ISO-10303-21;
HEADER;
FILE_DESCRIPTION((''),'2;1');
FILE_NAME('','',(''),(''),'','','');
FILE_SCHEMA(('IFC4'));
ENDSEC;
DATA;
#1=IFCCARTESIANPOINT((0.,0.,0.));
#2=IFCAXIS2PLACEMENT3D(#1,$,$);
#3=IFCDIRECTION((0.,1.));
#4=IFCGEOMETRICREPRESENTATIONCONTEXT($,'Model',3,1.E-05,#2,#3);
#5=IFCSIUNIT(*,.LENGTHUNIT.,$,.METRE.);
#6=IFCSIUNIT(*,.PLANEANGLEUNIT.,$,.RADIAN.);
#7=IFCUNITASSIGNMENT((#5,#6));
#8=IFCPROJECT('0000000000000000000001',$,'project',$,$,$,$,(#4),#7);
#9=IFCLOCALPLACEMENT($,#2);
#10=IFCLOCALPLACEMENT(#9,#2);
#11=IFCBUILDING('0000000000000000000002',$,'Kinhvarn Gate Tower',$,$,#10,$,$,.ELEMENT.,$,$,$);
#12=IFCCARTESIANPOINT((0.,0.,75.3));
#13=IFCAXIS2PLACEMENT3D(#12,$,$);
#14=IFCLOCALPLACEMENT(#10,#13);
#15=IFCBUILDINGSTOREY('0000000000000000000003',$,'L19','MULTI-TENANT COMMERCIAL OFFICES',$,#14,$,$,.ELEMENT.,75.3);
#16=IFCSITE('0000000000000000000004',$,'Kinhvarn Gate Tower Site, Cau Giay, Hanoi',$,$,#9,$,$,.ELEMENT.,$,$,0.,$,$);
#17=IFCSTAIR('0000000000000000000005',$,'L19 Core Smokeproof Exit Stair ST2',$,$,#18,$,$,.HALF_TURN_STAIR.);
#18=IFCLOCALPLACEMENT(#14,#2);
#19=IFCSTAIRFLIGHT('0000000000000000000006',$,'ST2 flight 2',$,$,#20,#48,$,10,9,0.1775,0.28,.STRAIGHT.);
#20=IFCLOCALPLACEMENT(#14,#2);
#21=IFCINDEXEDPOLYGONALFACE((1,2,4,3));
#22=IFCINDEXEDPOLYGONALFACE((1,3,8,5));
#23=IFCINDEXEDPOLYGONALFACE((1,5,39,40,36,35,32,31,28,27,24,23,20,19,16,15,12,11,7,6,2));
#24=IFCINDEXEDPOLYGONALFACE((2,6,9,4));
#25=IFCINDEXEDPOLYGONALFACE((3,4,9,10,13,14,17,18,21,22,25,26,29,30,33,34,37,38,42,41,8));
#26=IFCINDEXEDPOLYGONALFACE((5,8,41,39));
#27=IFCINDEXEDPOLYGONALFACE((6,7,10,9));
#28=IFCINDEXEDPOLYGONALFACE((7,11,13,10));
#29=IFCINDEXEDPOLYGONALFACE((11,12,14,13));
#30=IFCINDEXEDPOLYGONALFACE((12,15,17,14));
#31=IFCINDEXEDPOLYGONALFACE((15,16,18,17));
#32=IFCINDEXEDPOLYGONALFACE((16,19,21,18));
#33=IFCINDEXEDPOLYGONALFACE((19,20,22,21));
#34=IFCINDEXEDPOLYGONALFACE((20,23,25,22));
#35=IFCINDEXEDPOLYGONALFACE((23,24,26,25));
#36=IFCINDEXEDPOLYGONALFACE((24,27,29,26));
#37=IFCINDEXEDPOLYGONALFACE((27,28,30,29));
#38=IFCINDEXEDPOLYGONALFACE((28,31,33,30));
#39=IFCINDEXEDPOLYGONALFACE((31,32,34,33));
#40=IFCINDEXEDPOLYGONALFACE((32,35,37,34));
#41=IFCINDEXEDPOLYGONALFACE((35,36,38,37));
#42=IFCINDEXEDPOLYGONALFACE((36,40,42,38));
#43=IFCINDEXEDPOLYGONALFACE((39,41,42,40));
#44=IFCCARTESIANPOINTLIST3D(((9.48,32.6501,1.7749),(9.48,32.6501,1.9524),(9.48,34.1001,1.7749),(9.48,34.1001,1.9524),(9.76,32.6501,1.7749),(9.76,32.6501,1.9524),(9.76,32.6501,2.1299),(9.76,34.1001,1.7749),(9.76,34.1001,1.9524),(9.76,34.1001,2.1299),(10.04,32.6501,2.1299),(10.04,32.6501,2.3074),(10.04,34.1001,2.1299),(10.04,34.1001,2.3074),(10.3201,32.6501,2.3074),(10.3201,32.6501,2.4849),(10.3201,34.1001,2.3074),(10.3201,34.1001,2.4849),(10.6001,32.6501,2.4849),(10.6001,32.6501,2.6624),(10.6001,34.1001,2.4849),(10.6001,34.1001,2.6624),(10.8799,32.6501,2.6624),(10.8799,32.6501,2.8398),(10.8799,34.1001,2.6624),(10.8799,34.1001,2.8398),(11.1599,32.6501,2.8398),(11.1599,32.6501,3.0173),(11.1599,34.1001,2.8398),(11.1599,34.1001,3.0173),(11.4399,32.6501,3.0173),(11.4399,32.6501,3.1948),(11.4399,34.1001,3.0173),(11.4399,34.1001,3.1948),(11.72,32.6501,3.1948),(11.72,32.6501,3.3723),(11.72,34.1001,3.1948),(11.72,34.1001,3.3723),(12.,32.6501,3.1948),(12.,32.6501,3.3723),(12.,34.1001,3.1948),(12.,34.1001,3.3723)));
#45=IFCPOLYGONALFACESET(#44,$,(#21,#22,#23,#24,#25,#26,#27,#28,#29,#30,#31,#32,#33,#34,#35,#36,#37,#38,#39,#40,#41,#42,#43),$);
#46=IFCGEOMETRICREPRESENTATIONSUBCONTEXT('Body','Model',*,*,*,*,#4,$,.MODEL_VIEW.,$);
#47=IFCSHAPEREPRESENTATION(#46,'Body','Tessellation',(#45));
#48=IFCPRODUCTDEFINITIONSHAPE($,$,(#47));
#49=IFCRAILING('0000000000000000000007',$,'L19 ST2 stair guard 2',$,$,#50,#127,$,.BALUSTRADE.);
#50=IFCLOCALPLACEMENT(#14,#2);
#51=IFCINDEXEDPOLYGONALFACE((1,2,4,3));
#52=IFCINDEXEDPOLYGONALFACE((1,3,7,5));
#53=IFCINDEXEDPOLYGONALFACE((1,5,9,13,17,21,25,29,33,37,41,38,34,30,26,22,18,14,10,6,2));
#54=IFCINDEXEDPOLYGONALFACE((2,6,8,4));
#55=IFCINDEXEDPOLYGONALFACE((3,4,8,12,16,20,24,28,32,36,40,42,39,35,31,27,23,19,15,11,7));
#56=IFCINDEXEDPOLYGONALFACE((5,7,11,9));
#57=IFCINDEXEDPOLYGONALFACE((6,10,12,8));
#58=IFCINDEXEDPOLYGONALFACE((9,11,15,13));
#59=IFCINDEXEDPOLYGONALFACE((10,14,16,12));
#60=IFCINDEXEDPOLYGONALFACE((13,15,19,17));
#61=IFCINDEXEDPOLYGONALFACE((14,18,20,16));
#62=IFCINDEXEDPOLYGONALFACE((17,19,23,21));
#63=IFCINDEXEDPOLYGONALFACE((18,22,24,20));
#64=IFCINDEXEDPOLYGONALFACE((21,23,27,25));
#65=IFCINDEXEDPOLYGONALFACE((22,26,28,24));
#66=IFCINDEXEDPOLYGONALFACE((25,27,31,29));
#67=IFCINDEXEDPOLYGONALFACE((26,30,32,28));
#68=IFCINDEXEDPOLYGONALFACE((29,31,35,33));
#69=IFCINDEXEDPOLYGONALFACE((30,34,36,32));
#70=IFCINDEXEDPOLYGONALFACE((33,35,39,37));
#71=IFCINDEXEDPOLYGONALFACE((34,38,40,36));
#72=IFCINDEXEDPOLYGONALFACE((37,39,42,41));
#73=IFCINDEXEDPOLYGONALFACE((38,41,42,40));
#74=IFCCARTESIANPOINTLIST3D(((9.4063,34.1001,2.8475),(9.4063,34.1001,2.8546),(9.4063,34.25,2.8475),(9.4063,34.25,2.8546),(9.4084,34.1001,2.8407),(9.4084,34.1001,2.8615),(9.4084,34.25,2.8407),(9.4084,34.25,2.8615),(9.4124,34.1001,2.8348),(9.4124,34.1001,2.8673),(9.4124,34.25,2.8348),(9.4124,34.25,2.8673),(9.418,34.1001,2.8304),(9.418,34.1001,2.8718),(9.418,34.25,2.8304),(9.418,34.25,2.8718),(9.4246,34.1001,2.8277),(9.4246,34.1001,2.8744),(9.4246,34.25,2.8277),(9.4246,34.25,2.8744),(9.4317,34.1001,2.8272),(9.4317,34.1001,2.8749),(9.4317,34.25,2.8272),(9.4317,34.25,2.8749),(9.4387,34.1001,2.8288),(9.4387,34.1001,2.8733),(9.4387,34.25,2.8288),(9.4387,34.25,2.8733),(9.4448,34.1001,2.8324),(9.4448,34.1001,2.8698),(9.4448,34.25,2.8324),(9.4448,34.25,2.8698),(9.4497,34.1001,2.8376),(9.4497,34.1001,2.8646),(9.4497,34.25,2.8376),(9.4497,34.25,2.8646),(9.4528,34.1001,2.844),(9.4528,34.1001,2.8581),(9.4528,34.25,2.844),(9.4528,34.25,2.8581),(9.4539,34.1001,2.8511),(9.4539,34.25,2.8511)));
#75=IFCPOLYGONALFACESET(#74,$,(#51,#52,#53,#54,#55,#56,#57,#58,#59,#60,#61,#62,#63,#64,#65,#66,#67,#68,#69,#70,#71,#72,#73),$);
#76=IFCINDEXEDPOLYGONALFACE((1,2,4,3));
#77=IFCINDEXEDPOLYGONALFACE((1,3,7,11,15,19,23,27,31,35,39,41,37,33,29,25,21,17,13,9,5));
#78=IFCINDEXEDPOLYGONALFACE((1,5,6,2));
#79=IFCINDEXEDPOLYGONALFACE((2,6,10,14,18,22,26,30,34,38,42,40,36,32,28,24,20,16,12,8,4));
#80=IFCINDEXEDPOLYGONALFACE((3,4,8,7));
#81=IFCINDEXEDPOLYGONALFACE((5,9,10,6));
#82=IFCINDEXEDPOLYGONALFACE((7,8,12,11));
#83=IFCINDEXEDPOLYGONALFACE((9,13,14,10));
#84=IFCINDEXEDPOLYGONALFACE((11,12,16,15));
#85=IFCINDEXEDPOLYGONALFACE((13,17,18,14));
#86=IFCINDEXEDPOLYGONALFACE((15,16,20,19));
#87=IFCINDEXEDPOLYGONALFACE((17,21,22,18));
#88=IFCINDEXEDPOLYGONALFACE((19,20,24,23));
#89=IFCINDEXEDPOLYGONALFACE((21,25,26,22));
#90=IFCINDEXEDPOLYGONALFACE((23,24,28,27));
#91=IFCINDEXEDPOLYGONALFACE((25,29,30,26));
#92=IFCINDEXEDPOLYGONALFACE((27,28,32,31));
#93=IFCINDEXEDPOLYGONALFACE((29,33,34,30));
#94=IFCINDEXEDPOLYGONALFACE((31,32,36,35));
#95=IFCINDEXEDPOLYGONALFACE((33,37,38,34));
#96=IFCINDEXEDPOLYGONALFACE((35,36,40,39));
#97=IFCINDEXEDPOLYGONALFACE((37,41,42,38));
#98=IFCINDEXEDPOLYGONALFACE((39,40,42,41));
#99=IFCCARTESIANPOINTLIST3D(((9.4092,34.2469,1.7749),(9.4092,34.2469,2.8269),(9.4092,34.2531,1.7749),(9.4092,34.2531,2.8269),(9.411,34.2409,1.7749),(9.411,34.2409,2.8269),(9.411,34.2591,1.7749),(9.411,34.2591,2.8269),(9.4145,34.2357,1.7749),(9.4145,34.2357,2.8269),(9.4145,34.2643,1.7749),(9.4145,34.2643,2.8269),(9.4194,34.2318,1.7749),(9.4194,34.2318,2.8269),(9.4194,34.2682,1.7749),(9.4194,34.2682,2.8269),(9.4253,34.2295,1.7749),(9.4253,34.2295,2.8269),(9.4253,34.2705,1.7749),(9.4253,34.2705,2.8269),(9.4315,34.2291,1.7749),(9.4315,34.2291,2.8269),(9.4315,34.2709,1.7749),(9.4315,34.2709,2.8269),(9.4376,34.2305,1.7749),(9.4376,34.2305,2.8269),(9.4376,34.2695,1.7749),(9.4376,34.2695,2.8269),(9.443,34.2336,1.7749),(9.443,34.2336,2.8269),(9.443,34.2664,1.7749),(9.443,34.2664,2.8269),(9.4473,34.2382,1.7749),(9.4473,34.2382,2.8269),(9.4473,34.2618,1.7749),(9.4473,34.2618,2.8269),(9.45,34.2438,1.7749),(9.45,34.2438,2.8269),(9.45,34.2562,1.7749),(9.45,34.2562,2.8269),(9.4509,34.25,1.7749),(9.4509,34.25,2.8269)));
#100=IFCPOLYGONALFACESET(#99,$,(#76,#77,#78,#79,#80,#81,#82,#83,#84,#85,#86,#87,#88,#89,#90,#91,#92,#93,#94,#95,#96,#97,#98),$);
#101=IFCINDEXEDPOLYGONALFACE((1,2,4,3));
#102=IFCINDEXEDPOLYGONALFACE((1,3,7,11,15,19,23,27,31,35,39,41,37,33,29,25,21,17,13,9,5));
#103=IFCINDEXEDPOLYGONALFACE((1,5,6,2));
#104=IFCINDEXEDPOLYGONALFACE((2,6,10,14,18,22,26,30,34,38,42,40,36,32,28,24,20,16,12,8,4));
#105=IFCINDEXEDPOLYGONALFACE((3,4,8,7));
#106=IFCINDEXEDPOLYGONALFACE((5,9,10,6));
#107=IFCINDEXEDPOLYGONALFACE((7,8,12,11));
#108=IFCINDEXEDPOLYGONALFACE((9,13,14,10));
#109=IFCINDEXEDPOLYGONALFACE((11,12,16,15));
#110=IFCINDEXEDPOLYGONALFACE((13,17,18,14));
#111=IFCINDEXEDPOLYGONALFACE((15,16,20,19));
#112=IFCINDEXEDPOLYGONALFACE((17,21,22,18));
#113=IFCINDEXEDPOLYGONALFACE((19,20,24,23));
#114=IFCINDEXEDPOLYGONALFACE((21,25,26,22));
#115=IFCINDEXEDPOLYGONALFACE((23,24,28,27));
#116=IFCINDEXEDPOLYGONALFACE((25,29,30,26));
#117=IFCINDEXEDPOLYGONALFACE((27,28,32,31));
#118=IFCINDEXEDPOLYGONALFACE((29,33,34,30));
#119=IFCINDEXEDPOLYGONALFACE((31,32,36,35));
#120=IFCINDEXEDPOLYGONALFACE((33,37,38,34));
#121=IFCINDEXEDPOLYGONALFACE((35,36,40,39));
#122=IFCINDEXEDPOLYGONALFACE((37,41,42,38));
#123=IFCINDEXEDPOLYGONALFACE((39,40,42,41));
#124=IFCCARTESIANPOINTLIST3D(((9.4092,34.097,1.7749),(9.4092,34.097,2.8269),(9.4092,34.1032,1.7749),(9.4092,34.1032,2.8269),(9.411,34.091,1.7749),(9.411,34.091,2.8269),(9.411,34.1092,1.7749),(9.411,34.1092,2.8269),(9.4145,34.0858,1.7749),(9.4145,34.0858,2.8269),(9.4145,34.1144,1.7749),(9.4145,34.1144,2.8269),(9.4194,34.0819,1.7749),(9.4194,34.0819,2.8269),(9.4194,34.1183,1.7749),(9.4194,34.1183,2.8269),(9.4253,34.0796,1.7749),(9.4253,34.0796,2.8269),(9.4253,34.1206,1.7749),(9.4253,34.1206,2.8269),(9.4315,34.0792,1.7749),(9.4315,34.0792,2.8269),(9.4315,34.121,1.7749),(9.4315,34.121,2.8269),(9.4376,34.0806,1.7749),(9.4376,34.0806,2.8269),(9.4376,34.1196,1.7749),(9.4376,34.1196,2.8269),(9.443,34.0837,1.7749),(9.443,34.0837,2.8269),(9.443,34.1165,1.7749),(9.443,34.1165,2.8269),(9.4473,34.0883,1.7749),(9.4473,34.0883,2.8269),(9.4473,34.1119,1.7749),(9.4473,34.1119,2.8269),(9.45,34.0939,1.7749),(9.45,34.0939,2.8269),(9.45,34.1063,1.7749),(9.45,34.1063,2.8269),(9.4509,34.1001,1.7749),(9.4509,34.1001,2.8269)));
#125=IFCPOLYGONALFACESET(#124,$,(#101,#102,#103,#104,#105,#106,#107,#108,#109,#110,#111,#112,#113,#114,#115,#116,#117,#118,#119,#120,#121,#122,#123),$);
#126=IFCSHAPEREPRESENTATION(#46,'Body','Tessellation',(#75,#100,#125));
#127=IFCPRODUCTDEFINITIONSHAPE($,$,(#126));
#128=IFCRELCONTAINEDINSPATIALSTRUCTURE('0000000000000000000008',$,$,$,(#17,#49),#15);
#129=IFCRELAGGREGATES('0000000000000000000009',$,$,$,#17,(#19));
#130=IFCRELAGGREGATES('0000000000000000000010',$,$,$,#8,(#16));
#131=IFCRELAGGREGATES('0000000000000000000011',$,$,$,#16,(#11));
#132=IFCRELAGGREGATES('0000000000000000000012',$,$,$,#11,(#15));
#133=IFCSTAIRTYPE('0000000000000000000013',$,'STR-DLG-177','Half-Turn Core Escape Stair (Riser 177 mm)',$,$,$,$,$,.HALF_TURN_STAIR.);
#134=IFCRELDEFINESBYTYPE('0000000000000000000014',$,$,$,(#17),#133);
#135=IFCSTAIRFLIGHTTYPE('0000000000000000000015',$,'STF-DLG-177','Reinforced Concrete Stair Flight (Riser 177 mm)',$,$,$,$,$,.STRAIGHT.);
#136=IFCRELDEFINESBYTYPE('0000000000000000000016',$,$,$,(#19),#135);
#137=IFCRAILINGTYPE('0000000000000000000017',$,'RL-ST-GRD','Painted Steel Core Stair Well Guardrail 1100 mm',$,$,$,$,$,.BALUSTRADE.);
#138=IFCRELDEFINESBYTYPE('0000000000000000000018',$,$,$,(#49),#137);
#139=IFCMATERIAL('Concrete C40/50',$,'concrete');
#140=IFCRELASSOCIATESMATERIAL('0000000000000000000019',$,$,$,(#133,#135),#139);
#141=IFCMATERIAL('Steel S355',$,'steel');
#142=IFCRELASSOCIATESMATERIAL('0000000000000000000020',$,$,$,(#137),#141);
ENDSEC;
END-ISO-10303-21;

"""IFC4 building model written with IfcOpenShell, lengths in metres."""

from ifc_helpers import new_model, si_unit, direction, frame, origin, origin_2d, place, context, subcontext, project, spatial, polyline, circle, outline, extrude, material, type_object, element, aggregate, save


model = new_model("IFC4")

# Units and contexts
model_context = context("Model", 3, precision=1e-05, world=origin(), true_north=direction((0.0, 1.0)))
body_context = subcontext(model_context, "Body", "Model", "MODEL_VIEW")
ifc_project = project(units=[si_unit("LENGTHUNIT", "METRE"), si_unit("PLANEANGLEUNIT", "RADIAN")], contexts=[model_context])

# Site, building, storey
site_placement = place(None, origin())
site = spatial("IfcSite", under=ifc_project, at=site_placement, Name="Kinhvarn Gate Tower Site, Cau Giay, Hanoi", CompositionType="ELEMENT", RefElevation=0.0)
building_placement = place(site_placement, origin())
building = spatial("IfcBuilding", under=site, at=building_placement, Name="Kinhvarn Gate Tower", CompositionType="ELEMENT")
storey_placement = place(building_placement, frame((0.0, 0.0, 75.3)))
storey = spatial("IfcBuildingStorey", under=building, at=storey_placement, Name="L19", Description="MULTI-TENANT COMMERCIAL OFFICES", CompositionType="ELEMENT", Elevation=75.3)

# Shared definitions
ifc_material_1 = material(Name="Steel S355", Category="steel")

# Shared definitions
ifc_material_2 = material(Name="Concrete C40/50", Category="concrete")

# Stair, stair flight
stair_type = type_object("IfcStairType", Name="STR-DLG-177", Description="Half-Turn Core Escape Stair (Riser 177 mm)", PredefinedType="HALF_TURN_STAIR", material=ifc_material_2)
stair_placement = place(storey_placement, origin())
stair = element("IfcStair", 1, at=stair_placement, inside=storey, type_object=stair_type, Name="L19 Core Smokeproof Exit Stair ST2", PredefinedType="HALF_TURN_STAIR")
stair_flight_type = type_object("IfcStairFlightType", Name="STF-DLG-177", Description="Reinforced Concrete Stair Flight (Riser 177 mm)", PredefinedType="STRAIGHT", material=ifc_material_2)
stair_flight_placement = place(storey_placement, frame((9.48, 33.375, 1.7749), z_axis=(0.0, 0.0, 1.0), x_axis=(1.0, 0.0, 0.0)))
stair_flight = element("IfcStairFlight", 2, at=stair_flight_placement, type_object=stair_flight_type, Name="ST2 flight 2", NumberOfRisers=10, NumberOfTreads=9, PredefinedType="STRAIGHT", RiserHeight=0.1775, TreadLength=0.28, context=body_context, shape_type="SweptSolid", body=[
    extrude(outline(polyline([(0.0, 0.0), (0.0, 0.1775), (0.28, 0.1775), (0.28, 0.355), (0.5601, 0.355), (0.5601, 0.5325), (0.8401, 0.5325), (0.8401, 0.71), (1.1201, 0.71), (1.1201, 0.8875), (1.3999, 0.8875), (1.3999, 1.0649), (1.6799, 1.0649), (1.6799, 1.2424), (1.96, 1.2424), (1.96, 1.4199), (2.24, 1.4199), (2.24, 1.5974), (2.52, 1.5974), (2.52, 1.7749), (2.52, 1.4199), (0.28, 0.0), (0.0, 0.0)])), frame((0.0, 0.7251, 0.0), z_axis=(0.0, -1.0, 0.0), x_axis=(1.0, 0.0, 0.0)), (0.0, 0.0, 1.0), 1.45),
])
aggregate(stair, [stair_flight])

# Railing
railing_type_1 = type_object("IfcRailingType", Name="RL-ST-GRD", Description="Painted Steel Core Stair Well Guardrail 1100 mm", PredefinedType="BALUSTRADE", material=ifc_material_1)
railing_1_placement = place(storey_placement, frame((9.4299, 34.25, 1.7749)))
element("IfcRailing", 3, at=railing_1_placement, inside=storey, type_object=railing_type_1, Name="L19 ST2 stair guard 2", PredefinedType="BALUSTRADE", context=body_context, shape_type="SweptSolid", body=[
    extrude(circle(Radius=0.0239, at=origin_2d()), frame((0.0, 0.0, 1.0762), z_axis=(0.0, -1.0, 0.0), x_axis=(1.0, 0.0, 0.0)), (0.0, 0.0, 1.0), 0.1499),
    extrude(circle(Radius=0.021, at=origin_2d()), origin(), (0.0, 0.0, 1.0), 1.052),
    extrude(circle(Radius=0.021, at=origin_2d()), frame((0.0, -0.1499, 0.0)), (0.0, 0.0, 1.0), 1.052),
])

save(model, "model.ifc")
